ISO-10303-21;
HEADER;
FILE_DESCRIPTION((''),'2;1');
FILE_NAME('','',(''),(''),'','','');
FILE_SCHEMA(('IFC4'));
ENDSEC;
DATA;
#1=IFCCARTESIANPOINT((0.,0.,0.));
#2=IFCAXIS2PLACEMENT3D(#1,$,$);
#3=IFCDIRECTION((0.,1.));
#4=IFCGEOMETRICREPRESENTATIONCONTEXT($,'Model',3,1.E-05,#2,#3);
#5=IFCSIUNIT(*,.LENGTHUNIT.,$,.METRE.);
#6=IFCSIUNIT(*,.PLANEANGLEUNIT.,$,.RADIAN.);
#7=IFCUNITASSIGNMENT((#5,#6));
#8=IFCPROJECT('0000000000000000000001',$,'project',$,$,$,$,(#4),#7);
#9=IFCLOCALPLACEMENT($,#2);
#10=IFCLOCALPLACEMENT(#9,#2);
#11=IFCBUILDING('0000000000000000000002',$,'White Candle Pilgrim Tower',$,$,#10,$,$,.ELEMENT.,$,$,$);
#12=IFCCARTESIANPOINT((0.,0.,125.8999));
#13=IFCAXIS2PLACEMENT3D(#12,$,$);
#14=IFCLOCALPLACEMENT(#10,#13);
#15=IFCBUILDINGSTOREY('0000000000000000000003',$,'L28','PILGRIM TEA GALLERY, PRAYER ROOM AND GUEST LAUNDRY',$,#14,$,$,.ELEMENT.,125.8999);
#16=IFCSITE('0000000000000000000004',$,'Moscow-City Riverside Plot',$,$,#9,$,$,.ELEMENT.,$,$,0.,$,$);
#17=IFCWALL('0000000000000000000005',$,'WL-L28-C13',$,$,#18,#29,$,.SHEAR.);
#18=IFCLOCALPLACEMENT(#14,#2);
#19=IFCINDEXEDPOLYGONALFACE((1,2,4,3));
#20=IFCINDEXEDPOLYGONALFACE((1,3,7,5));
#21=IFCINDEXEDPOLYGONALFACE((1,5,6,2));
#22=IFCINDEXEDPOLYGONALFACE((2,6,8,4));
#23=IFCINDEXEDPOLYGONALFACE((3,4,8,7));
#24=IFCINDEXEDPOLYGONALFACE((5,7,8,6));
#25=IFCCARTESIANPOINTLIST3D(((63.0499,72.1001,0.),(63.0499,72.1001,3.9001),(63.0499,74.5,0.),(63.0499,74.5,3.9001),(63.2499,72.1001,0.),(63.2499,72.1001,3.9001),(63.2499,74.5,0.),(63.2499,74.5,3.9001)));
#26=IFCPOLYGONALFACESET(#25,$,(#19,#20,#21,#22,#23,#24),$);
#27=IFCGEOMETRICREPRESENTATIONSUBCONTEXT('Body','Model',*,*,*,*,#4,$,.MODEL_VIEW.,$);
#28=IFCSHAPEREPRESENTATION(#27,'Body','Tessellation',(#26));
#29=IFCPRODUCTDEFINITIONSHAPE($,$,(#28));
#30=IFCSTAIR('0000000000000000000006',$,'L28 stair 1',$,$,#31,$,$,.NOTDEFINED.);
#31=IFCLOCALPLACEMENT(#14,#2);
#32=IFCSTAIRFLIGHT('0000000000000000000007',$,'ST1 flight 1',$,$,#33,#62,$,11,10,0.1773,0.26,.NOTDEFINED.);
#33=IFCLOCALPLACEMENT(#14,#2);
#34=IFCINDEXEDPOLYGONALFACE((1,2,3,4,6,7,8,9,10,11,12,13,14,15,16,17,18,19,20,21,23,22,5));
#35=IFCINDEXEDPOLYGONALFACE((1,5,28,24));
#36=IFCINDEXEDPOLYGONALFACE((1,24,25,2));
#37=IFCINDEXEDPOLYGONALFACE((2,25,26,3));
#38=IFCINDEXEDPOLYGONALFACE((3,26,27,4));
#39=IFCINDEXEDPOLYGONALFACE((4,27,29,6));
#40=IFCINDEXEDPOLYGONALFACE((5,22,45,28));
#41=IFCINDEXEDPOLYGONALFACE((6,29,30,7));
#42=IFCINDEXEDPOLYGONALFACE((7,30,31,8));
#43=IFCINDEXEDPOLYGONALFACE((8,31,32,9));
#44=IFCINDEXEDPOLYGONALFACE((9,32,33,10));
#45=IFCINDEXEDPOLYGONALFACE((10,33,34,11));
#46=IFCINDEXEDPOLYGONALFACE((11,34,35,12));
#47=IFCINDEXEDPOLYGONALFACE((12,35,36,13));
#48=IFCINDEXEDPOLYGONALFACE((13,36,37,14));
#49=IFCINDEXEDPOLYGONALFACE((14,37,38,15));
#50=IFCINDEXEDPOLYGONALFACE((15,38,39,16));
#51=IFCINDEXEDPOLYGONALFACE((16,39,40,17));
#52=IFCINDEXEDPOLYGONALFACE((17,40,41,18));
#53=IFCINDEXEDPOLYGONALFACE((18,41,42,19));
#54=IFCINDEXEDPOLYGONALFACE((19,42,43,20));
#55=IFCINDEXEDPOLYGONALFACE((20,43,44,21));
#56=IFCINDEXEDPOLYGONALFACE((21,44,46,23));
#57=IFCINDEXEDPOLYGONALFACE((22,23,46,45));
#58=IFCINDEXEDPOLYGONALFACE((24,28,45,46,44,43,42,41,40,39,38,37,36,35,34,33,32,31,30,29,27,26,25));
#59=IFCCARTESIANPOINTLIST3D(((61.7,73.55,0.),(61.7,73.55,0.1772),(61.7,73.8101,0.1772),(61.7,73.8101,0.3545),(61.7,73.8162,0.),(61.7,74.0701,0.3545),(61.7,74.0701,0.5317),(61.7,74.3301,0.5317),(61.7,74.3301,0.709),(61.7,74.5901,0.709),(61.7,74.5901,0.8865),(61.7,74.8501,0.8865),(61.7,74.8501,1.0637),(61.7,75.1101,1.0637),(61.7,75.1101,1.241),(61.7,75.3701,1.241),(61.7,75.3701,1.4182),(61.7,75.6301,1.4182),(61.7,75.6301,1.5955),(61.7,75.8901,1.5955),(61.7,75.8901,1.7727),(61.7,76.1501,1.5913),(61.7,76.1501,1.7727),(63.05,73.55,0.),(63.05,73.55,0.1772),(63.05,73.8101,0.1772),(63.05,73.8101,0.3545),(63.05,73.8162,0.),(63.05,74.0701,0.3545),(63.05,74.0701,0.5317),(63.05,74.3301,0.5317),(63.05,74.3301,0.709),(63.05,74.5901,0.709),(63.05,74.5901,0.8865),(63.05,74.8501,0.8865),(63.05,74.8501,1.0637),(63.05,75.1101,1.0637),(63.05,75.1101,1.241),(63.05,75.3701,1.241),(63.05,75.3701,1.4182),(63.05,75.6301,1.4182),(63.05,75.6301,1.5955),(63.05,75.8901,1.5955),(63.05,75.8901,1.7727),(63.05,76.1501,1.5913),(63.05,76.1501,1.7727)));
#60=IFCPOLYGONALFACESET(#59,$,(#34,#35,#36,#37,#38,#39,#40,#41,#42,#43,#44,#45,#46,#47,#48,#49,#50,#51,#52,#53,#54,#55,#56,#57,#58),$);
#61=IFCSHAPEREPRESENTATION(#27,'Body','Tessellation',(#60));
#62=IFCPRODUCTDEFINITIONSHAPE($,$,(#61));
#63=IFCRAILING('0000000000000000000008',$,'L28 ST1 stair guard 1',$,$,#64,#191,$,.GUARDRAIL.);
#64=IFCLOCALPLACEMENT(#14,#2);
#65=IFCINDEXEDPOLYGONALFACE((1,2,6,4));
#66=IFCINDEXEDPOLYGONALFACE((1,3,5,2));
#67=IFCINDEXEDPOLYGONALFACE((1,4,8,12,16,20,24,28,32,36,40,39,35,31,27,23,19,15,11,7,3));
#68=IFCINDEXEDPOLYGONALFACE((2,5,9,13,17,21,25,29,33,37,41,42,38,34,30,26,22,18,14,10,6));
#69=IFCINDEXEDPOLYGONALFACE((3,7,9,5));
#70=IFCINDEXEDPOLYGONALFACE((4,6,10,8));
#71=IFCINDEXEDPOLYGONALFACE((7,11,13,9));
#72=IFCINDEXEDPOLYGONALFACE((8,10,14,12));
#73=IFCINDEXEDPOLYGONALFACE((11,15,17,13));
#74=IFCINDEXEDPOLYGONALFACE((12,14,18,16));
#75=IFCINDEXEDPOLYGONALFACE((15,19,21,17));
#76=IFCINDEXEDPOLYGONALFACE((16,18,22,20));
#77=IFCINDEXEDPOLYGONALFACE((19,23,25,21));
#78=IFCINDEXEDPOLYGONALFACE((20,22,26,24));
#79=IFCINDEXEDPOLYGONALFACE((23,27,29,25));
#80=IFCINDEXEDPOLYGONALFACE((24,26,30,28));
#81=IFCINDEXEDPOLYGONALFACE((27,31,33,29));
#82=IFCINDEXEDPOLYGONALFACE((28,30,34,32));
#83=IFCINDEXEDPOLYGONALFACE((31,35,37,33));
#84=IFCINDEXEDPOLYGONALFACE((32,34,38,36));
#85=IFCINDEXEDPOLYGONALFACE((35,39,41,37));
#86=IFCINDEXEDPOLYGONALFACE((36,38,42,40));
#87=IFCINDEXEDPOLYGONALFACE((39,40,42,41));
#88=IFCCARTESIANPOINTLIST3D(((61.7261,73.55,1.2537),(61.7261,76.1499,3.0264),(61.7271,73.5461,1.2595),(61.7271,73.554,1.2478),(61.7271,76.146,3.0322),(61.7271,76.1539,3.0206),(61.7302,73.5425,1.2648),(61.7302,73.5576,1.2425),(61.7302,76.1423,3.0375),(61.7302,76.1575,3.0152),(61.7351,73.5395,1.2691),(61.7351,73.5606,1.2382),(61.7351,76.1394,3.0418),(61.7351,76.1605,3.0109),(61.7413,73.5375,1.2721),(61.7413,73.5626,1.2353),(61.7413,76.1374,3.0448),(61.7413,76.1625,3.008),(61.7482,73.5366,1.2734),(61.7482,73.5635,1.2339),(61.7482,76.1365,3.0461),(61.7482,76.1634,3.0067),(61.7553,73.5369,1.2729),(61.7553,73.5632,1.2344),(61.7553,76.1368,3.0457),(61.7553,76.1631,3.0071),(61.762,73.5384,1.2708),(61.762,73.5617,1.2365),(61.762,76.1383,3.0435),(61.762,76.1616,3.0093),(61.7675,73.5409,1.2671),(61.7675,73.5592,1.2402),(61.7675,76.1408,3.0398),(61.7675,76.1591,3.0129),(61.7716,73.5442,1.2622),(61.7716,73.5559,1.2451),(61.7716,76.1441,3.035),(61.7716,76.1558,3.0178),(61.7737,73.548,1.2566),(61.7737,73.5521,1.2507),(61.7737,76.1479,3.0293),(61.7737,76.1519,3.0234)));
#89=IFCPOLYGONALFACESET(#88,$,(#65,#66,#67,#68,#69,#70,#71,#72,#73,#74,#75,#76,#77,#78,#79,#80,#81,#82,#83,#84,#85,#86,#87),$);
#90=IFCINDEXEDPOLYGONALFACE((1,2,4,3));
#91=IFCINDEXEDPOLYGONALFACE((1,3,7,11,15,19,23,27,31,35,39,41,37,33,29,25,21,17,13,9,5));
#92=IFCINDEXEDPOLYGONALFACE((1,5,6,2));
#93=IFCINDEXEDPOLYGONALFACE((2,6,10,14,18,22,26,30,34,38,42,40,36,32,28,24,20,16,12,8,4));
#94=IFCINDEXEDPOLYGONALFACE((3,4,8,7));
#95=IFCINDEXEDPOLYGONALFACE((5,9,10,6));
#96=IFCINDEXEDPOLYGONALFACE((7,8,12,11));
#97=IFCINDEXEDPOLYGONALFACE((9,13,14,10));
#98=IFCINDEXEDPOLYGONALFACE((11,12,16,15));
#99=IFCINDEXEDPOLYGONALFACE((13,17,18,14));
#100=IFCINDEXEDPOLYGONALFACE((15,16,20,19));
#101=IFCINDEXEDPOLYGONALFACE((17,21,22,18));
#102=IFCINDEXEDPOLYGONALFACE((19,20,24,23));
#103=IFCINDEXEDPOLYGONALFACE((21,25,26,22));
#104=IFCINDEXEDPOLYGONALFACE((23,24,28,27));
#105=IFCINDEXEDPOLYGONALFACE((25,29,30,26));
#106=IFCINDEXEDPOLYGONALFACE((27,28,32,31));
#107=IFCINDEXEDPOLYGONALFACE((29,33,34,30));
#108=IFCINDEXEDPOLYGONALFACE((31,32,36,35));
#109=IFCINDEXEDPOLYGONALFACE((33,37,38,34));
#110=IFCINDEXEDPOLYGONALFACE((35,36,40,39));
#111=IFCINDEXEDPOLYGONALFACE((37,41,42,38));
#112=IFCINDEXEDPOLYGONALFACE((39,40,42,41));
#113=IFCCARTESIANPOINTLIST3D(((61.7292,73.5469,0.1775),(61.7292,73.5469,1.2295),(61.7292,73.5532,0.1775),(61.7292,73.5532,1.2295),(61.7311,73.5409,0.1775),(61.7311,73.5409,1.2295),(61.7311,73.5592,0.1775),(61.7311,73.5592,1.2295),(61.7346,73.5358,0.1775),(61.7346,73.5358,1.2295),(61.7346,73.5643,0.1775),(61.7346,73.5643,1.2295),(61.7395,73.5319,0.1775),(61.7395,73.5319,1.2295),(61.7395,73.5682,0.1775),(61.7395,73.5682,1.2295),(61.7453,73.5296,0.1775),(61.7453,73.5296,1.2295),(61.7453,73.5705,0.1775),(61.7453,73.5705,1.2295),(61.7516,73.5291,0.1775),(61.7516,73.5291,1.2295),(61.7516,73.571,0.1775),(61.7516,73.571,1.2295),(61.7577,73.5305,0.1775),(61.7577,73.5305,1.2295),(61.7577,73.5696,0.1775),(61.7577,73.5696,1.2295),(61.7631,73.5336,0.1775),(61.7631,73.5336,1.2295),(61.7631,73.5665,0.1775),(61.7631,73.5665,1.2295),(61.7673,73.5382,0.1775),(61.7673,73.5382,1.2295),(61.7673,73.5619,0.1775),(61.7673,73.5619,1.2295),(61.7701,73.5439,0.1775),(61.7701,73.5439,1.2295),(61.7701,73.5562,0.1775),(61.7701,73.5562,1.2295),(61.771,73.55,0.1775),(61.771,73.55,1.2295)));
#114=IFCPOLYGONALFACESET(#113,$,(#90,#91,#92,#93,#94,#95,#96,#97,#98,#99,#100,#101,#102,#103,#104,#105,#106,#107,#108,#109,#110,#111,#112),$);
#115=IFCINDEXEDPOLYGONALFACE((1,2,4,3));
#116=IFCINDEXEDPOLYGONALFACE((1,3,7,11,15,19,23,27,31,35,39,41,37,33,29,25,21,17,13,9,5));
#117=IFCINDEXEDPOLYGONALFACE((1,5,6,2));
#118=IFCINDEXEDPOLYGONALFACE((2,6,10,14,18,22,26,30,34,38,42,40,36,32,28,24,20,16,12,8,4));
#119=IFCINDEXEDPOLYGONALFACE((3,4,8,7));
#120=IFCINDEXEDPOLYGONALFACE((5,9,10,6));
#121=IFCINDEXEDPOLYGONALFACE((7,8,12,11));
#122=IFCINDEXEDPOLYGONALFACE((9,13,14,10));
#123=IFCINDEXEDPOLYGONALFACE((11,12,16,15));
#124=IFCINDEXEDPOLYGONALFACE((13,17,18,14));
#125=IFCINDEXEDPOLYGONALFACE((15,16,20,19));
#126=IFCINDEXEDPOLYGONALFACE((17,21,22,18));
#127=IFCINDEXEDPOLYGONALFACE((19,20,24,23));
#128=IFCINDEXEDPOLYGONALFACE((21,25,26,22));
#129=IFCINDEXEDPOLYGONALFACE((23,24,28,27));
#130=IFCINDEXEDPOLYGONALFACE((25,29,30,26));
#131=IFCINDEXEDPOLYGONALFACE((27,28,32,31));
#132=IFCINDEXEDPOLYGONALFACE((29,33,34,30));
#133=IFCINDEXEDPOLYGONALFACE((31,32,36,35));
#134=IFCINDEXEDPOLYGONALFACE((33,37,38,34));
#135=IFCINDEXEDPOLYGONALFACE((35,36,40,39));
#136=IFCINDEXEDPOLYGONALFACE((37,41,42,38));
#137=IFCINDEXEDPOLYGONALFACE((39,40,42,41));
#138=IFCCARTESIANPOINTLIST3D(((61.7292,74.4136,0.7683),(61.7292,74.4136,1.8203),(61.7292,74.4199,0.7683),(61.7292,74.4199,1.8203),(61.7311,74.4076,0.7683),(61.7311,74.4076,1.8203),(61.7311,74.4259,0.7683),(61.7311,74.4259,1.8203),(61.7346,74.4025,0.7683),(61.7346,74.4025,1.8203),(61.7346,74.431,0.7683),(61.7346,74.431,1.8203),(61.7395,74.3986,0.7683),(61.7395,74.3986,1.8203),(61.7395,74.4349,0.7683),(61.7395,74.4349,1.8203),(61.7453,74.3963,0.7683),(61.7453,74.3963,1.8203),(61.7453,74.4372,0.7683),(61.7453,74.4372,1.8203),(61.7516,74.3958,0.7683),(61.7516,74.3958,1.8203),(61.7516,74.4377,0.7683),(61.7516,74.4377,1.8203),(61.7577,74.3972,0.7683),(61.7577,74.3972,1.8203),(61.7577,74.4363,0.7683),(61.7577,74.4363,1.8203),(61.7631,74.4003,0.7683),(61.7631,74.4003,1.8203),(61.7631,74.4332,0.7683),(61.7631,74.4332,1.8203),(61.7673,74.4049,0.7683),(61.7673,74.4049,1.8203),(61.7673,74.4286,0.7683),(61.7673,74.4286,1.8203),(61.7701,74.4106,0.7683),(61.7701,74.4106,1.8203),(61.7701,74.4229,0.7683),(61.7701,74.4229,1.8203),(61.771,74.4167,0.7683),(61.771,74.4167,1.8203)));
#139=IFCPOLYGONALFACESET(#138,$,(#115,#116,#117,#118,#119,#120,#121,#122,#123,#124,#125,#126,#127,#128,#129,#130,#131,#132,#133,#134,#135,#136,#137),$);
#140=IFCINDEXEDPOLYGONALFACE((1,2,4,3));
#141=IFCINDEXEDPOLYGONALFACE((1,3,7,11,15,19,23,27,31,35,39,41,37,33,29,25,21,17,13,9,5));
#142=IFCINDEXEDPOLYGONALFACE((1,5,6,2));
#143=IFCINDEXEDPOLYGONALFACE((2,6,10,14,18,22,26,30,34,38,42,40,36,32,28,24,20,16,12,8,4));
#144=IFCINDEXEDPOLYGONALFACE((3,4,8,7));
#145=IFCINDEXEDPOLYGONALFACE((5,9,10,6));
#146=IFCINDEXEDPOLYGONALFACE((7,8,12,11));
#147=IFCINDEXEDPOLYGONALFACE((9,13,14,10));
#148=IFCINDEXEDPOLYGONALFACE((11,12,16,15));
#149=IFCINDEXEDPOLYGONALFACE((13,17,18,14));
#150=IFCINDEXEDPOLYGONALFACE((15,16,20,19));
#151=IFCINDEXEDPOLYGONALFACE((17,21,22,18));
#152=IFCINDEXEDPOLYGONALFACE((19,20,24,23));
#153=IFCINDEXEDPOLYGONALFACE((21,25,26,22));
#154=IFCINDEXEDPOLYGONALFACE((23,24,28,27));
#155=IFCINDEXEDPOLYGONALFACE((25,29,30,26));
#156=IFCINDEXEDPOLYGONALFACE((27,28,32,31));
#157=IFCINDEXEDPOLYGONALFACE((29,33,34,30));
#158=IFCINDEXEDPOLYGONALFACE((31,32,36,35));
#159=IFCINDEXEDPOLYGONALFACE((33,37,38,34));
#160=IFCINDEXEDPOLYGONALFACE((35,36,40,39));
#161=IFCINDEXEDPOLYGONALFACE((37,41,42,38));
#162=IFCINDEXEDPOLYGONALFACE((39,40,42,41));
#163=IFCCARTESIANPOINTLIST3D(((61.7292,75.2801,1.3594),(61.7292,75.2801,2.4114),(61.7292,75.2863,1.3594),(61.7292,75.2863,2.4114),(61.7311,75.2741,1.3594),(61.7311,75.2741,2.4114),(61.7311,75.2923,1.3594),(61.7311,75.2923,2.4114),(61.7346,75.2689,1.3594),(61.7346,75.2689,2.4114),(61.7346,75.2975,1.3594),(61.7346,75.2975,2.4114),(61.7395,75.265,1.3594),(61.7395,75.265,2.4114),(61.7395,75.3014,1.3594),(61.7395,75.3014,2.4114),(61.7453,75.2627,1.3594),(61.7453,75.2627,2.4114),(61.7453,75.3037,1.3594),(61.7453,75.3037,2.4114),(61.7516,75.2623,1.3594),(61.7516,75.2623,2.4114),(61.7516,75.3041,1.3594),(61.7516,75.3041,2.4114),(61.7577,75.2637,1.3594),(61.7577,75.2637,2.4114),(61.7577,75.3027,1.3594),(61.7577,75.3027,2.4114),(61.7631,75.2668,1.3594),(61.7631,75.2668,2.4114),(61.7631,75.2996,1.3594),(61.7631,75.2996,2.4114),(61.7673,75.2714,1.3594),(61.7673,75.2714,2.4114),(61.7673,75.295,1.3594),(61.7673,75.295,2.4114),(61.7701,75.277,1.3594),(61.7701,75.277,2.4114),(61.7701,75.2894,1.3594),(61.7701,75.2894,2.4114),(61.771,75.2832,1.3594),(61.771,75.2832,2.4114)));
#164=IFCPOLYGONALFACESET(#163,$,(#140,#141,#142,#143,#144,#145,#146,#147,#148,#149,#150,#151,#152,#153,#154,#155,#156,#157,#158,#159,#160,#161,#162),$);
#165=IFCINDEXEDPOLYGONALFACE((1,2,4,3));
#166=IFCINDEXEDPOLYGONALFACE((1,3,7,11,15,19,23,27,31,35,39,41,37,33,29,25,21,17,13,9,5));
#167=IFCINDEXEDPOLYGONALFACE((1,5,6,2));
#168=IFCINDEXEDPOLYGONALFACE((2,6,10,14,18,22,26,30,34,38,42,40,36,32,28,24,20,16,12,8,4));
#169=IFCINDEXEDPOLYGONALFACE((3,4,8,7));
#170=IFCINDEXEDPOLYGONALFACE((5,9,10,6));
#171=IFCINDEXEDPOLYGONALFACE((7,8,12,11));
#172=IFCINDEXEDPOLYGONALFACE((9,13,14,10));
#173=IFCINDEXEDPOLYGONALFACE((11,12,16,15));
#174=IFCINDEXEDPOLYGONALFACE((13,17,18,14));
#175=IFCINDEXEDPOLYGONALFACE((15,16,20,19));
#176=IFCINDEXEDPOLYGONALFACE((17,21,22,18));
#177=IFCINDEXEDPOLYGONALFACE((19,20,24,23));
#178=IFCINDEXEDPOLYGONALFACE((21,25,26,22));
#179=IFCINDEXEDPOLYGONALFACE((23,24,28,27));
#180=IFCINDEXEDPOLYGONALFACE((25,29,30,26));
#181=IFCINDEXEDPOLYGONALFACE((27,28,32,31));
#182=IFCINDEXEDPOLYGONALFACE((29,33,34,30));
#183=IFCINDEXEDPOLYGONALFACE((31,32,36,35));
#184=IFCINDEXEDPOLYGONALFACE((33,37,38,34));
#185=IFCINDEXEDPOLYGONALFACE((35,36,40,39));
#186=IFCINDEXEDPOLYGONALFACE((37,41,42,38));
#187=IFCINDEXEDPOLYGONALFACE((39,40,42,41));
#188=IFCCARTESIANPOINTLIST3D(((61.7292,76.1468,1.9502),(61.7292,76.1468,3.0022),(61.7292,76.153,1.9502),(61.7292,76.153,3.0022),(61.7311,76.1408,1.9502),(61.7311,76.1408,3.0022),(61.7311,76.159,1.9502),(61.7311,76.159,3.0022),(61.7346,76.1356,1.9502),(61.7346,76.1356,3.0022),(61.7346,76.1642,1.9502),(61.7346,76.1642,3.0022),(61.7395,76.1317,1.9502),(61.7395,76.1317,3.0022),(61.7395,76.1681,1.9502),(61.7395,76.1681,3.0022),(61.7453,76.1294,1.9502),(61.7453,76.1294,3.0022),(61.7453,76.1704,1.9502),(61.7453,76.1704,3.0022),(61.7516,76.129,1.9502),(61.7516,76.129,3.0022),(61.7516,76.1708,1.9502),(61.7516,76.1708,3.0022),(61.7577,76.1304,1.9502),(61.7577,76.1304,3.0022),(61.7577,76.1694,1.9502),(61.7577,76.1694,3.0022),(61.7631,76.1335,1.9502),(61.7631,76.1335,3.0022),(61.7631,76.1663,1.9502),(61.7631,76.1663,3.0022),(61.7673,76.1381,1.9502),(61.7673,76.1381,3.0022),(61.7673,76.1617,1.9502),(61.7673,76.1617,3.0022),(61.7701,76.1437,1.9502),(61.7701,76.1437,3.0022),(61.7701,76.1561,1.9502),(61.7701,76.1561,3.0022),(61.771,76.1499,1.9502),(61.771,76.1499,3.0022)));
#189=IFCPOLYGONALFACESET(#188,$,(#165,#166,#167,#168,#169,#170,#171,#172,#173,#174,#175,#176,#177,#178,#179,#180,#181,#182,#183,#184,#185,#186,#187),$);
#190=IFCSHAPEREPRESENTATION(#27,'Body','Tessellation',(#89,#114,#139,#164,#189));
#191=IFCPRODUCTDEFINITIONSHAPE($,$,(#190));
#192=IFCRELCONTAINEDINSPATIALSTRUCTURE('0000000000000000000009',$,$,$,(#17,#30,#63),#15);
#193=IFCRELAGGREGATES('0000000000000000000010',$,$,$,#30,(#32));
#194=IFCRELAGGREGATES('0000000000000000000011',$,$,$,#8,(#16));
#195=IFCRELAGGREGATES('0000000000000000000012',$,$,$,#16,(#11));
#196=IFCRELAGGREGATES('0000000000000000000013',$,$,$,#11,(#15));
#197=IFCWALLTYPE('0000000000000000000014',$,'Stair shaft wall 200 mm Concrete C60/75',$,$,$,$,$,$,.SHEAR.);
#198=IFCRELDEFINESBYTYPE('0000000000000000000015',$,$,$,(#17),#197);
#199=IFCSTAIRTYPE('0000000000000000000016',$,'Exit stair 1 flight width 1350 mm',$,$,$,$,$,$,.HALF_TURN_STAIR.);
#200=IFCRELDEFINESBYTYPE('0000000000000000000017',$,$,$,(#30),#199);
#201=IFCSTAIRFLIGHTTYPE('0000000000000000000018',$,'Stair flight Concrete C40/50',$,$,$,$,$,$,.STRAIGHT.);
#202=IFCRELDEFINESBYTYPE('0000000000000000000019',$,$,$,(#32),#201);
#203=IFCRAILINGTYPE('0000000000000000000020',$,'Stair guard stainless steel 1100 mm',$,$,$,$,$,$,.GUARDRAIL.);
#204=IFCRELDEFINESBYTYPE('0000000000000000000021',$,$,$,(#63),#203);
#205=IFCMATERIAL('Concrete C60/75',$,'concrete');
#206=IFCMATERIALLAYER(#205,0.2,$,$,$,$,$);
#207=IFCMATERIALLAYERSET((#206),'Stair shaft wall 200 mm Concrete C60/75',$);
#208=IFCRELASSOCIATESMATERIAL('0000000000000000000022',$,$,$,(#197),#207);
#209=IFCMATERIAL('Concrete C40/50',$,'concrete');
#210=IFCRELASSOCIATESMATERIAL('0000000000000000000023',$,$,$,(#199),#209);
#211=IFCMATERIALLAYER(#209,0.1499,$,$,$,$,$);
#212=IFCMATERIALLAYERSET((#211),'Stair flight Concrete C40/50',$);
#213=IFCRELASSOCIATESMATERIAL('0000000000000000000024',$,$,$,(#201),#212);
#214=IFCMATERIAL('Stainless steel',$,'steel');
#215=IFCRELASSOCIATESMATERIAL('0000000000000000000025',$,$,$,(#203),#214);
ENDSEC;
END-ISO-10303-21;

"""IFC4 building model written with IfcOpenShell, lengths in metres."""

from ifc_helpers import new_model, si_unit, direction, frame, frame_2d, origin, origin_2d, place, context, subcontext, project, spatial, polyline, rectangle, circle, outline, extrude, material, layer, layer_set, type_object, element, aggregate, save


model = new_model("IFC4")

# Units and contexts
model_context = context("Model", 3, precision=1e-05, world=origin(), true_north=direction((0.0, 1.0)))
body_context = subcontext(model_context, "Body", "Model", "MODEL_VIEW")
ifc_project = project(units=[si_unit("LENGTHUNIT", "METRE"), si_unit("PLANEANGLEUNIT", "RADIAN")], contexts=[model_context])

# Site, building, storey
site_placement = place(None, origin())
site = spatial("IfcSite", under=ifc_project, at=site_placement, Name="Moscow-City Riverside Plot", CompositionType="ELEMENT", RefElevation=0.0)
building_placement = place(site_placement, origin())
building = spatial("IfcBuilding", under=site, at=building_placement, Name="White Candle Pilgrim Tower", CompositionType="ELEMENT")
storey_placement = place(building_placement, frame((0.0, 0.0, 125.8999)))
storey = spatial("IfcBuildingStorey", under=building, at=storey_placement, Name="L28", Description="PILGRIM TEA GALLERY, PRAYER ROOM AND GUEST LAUNDRY", CompositionType="ELEMENT", Elevation=125.8999)

# Shared definitions
ifc_material_1 = material(Name="Concrete C60/75", Category="concrete")

# Shared definitions
ifc_material_2 = material(Name="Stainless steel", Category="steel")

# Wall
ifc_layer_1 = layer(ifc_material_1, 0.2)
ifc_layer_set_1 = layer_set([ifc_layer_1], Name="Stair shaft wall 200 mm Concrete C60/75")
wall_type_1 = type_object("IfcWallType", Name="Stair shaft wall 200 mm Concrete C60/75", PredefinedType="SHEAR", material=ifc_layer_set_1)
wall_1_placement = place(storey_placement, frame((63.1499, 72.1001, 0.0), z_axis=(0.0, 0.0, 1.0), x_axis=(0.0, 1.0, 0.0)))
element("IfcWall", 1, at=wall_1_placement, inside=storey, type_object=wall_type_1, Name="WL-L28-C13", PredefinedType="SHEAR", context=body_context, shape_type="SweptSolid", body=[
    extrude(rectangle(XDim=2.3999, YDim=0.2, at=frame_2d((1.2, 0.0))), origin(), (0.0, 0.0, 1.0), 3.9001),
])

# Stair, stair flight
ifc_material_3 = material(Name="Concrete C40/50", Category="concrete")
stair_type = type_object("IfcStairType", Name="Exit stair 1 flight width 1350 mm", PredefinedType="HALF_TURN_STAIR", material=ifc_material_3)
stair_placement = place(storey_placement, origin())
stair = element("IfcStair", 2, at=stair_placement, inside=storey, type_object=stair_type, Name="L28 stair 1", PredefinedType="NOTDEFINED")
ifc_layer_2 = layer(ifc_material_3, 0.1499)
ifc_layer_set_2 = layer_set([ifc_layer_2], Name="Stair flight Concrete C40/50")
stair_flight_type = type_object("IfcStairFlightType", Name="Stair flight Concrete C40/50", PredefinedType="STRAIGHT", material=ifc_layer_set_2)
stair_flight_placement = place(storey_placement, frame((62.375, 73.55, 0.0), z_axis=(0.0, 0.0, 1.0), x_axis=(0.0, 1.0, 0.0)))
stair_flight = element("IfcStairFlight", 3, at=stair_flight_placement, type_object=stair_flight_type, Name="ST1 flight 1", NumberOfRisers=11, NumberOfTreads=10, PredefinedType="NOTDEFINED", RiserHeight=0.1773, TreadLength=0.26, context=body_context, shape_type="SweptSolid", body=[
    extrude(outline(polyline([(0.0, 0.0), (0.0, 0.1772), (0.26, 0.1772), (0.26, 0.3545), (0.52, 0.3545), (0.52, 0.5317), (0.78, 0.5317), (0.78, 0.709), (1.04, 0.709), (1.04, 0.8865), (1.3, 0.8865), (1.3, 1.0637), (1.5601, 1.0637), (1.5601, 1.241), (1.8201, 1.241), (1.8201, 1.4182), (2.0801, 1.4182), (2.0801, 1.5955), (2.3401, 1.5955), (2.3401, 1.7727), (2.6001, 1.7727), (2.6001, 1.95), (2.6001, 1.5913), (0.2661, 0.0), (0.0, 0.0)])), frame((0.0, 0.675, 0.0), z_axis=(0.0, -1.0, 0.0), x_axis=(1.0, 0.0, 0.0)), (0.0, 0.0, 1.0), 1.3501),
])
aggregate(stair, [stair_flight])

# Railing
railing_type_1 = type_object("IfcRailingType", Name="Stair guard stainless steel 1100 mm", PredefinedType="GUARDRAIL", material=ifc_material_2)
railing_1_placement = place(storey_placement, frame((61.75, 73.55, 0.1775)))
element("IfcRailing", 4, at=railing_1_placement, inside=storey, type_object=railing_type_1, Name="L28 ST1 stair guard 1", PredefinedType="GUARDRAIL", context=body_context, shape_type="SweptSolid", body=[
    extrude(circle(Radius=0.0239, at=origin_2d()), frame((0.0, 0.0, 1.0762), z_axis=(0.0, 0.826216, 0.563354), x_axis=(-1.0, 0.0, 0.0)), (0.0, 0.0, 1.0), 3.1467),
    extrude(circle(Radius=0.021, at=origin_2d()), origin(), (0.0, 0.0, 1.0), 1.052),
    extrude(circle(Radius=0.021, at=origin_2d()), frame((0.0, 0.8667, 0.5908)), (0.0, 0.0, 1.0), 1.052),
    extrude(circle(Radius=0.021, at=origin_2d()), frame((0.0, 1.7332, 1.1819)), (0.0, 0.0, 1.0), 1.052),
    extrude(circle(Radius=0.021, at=origin_2d()), frame((0.0, 2.5999, 1.7727)), (0.0, 0.0, 1.0), 1.052),
])

save(model, "model.ifc")
